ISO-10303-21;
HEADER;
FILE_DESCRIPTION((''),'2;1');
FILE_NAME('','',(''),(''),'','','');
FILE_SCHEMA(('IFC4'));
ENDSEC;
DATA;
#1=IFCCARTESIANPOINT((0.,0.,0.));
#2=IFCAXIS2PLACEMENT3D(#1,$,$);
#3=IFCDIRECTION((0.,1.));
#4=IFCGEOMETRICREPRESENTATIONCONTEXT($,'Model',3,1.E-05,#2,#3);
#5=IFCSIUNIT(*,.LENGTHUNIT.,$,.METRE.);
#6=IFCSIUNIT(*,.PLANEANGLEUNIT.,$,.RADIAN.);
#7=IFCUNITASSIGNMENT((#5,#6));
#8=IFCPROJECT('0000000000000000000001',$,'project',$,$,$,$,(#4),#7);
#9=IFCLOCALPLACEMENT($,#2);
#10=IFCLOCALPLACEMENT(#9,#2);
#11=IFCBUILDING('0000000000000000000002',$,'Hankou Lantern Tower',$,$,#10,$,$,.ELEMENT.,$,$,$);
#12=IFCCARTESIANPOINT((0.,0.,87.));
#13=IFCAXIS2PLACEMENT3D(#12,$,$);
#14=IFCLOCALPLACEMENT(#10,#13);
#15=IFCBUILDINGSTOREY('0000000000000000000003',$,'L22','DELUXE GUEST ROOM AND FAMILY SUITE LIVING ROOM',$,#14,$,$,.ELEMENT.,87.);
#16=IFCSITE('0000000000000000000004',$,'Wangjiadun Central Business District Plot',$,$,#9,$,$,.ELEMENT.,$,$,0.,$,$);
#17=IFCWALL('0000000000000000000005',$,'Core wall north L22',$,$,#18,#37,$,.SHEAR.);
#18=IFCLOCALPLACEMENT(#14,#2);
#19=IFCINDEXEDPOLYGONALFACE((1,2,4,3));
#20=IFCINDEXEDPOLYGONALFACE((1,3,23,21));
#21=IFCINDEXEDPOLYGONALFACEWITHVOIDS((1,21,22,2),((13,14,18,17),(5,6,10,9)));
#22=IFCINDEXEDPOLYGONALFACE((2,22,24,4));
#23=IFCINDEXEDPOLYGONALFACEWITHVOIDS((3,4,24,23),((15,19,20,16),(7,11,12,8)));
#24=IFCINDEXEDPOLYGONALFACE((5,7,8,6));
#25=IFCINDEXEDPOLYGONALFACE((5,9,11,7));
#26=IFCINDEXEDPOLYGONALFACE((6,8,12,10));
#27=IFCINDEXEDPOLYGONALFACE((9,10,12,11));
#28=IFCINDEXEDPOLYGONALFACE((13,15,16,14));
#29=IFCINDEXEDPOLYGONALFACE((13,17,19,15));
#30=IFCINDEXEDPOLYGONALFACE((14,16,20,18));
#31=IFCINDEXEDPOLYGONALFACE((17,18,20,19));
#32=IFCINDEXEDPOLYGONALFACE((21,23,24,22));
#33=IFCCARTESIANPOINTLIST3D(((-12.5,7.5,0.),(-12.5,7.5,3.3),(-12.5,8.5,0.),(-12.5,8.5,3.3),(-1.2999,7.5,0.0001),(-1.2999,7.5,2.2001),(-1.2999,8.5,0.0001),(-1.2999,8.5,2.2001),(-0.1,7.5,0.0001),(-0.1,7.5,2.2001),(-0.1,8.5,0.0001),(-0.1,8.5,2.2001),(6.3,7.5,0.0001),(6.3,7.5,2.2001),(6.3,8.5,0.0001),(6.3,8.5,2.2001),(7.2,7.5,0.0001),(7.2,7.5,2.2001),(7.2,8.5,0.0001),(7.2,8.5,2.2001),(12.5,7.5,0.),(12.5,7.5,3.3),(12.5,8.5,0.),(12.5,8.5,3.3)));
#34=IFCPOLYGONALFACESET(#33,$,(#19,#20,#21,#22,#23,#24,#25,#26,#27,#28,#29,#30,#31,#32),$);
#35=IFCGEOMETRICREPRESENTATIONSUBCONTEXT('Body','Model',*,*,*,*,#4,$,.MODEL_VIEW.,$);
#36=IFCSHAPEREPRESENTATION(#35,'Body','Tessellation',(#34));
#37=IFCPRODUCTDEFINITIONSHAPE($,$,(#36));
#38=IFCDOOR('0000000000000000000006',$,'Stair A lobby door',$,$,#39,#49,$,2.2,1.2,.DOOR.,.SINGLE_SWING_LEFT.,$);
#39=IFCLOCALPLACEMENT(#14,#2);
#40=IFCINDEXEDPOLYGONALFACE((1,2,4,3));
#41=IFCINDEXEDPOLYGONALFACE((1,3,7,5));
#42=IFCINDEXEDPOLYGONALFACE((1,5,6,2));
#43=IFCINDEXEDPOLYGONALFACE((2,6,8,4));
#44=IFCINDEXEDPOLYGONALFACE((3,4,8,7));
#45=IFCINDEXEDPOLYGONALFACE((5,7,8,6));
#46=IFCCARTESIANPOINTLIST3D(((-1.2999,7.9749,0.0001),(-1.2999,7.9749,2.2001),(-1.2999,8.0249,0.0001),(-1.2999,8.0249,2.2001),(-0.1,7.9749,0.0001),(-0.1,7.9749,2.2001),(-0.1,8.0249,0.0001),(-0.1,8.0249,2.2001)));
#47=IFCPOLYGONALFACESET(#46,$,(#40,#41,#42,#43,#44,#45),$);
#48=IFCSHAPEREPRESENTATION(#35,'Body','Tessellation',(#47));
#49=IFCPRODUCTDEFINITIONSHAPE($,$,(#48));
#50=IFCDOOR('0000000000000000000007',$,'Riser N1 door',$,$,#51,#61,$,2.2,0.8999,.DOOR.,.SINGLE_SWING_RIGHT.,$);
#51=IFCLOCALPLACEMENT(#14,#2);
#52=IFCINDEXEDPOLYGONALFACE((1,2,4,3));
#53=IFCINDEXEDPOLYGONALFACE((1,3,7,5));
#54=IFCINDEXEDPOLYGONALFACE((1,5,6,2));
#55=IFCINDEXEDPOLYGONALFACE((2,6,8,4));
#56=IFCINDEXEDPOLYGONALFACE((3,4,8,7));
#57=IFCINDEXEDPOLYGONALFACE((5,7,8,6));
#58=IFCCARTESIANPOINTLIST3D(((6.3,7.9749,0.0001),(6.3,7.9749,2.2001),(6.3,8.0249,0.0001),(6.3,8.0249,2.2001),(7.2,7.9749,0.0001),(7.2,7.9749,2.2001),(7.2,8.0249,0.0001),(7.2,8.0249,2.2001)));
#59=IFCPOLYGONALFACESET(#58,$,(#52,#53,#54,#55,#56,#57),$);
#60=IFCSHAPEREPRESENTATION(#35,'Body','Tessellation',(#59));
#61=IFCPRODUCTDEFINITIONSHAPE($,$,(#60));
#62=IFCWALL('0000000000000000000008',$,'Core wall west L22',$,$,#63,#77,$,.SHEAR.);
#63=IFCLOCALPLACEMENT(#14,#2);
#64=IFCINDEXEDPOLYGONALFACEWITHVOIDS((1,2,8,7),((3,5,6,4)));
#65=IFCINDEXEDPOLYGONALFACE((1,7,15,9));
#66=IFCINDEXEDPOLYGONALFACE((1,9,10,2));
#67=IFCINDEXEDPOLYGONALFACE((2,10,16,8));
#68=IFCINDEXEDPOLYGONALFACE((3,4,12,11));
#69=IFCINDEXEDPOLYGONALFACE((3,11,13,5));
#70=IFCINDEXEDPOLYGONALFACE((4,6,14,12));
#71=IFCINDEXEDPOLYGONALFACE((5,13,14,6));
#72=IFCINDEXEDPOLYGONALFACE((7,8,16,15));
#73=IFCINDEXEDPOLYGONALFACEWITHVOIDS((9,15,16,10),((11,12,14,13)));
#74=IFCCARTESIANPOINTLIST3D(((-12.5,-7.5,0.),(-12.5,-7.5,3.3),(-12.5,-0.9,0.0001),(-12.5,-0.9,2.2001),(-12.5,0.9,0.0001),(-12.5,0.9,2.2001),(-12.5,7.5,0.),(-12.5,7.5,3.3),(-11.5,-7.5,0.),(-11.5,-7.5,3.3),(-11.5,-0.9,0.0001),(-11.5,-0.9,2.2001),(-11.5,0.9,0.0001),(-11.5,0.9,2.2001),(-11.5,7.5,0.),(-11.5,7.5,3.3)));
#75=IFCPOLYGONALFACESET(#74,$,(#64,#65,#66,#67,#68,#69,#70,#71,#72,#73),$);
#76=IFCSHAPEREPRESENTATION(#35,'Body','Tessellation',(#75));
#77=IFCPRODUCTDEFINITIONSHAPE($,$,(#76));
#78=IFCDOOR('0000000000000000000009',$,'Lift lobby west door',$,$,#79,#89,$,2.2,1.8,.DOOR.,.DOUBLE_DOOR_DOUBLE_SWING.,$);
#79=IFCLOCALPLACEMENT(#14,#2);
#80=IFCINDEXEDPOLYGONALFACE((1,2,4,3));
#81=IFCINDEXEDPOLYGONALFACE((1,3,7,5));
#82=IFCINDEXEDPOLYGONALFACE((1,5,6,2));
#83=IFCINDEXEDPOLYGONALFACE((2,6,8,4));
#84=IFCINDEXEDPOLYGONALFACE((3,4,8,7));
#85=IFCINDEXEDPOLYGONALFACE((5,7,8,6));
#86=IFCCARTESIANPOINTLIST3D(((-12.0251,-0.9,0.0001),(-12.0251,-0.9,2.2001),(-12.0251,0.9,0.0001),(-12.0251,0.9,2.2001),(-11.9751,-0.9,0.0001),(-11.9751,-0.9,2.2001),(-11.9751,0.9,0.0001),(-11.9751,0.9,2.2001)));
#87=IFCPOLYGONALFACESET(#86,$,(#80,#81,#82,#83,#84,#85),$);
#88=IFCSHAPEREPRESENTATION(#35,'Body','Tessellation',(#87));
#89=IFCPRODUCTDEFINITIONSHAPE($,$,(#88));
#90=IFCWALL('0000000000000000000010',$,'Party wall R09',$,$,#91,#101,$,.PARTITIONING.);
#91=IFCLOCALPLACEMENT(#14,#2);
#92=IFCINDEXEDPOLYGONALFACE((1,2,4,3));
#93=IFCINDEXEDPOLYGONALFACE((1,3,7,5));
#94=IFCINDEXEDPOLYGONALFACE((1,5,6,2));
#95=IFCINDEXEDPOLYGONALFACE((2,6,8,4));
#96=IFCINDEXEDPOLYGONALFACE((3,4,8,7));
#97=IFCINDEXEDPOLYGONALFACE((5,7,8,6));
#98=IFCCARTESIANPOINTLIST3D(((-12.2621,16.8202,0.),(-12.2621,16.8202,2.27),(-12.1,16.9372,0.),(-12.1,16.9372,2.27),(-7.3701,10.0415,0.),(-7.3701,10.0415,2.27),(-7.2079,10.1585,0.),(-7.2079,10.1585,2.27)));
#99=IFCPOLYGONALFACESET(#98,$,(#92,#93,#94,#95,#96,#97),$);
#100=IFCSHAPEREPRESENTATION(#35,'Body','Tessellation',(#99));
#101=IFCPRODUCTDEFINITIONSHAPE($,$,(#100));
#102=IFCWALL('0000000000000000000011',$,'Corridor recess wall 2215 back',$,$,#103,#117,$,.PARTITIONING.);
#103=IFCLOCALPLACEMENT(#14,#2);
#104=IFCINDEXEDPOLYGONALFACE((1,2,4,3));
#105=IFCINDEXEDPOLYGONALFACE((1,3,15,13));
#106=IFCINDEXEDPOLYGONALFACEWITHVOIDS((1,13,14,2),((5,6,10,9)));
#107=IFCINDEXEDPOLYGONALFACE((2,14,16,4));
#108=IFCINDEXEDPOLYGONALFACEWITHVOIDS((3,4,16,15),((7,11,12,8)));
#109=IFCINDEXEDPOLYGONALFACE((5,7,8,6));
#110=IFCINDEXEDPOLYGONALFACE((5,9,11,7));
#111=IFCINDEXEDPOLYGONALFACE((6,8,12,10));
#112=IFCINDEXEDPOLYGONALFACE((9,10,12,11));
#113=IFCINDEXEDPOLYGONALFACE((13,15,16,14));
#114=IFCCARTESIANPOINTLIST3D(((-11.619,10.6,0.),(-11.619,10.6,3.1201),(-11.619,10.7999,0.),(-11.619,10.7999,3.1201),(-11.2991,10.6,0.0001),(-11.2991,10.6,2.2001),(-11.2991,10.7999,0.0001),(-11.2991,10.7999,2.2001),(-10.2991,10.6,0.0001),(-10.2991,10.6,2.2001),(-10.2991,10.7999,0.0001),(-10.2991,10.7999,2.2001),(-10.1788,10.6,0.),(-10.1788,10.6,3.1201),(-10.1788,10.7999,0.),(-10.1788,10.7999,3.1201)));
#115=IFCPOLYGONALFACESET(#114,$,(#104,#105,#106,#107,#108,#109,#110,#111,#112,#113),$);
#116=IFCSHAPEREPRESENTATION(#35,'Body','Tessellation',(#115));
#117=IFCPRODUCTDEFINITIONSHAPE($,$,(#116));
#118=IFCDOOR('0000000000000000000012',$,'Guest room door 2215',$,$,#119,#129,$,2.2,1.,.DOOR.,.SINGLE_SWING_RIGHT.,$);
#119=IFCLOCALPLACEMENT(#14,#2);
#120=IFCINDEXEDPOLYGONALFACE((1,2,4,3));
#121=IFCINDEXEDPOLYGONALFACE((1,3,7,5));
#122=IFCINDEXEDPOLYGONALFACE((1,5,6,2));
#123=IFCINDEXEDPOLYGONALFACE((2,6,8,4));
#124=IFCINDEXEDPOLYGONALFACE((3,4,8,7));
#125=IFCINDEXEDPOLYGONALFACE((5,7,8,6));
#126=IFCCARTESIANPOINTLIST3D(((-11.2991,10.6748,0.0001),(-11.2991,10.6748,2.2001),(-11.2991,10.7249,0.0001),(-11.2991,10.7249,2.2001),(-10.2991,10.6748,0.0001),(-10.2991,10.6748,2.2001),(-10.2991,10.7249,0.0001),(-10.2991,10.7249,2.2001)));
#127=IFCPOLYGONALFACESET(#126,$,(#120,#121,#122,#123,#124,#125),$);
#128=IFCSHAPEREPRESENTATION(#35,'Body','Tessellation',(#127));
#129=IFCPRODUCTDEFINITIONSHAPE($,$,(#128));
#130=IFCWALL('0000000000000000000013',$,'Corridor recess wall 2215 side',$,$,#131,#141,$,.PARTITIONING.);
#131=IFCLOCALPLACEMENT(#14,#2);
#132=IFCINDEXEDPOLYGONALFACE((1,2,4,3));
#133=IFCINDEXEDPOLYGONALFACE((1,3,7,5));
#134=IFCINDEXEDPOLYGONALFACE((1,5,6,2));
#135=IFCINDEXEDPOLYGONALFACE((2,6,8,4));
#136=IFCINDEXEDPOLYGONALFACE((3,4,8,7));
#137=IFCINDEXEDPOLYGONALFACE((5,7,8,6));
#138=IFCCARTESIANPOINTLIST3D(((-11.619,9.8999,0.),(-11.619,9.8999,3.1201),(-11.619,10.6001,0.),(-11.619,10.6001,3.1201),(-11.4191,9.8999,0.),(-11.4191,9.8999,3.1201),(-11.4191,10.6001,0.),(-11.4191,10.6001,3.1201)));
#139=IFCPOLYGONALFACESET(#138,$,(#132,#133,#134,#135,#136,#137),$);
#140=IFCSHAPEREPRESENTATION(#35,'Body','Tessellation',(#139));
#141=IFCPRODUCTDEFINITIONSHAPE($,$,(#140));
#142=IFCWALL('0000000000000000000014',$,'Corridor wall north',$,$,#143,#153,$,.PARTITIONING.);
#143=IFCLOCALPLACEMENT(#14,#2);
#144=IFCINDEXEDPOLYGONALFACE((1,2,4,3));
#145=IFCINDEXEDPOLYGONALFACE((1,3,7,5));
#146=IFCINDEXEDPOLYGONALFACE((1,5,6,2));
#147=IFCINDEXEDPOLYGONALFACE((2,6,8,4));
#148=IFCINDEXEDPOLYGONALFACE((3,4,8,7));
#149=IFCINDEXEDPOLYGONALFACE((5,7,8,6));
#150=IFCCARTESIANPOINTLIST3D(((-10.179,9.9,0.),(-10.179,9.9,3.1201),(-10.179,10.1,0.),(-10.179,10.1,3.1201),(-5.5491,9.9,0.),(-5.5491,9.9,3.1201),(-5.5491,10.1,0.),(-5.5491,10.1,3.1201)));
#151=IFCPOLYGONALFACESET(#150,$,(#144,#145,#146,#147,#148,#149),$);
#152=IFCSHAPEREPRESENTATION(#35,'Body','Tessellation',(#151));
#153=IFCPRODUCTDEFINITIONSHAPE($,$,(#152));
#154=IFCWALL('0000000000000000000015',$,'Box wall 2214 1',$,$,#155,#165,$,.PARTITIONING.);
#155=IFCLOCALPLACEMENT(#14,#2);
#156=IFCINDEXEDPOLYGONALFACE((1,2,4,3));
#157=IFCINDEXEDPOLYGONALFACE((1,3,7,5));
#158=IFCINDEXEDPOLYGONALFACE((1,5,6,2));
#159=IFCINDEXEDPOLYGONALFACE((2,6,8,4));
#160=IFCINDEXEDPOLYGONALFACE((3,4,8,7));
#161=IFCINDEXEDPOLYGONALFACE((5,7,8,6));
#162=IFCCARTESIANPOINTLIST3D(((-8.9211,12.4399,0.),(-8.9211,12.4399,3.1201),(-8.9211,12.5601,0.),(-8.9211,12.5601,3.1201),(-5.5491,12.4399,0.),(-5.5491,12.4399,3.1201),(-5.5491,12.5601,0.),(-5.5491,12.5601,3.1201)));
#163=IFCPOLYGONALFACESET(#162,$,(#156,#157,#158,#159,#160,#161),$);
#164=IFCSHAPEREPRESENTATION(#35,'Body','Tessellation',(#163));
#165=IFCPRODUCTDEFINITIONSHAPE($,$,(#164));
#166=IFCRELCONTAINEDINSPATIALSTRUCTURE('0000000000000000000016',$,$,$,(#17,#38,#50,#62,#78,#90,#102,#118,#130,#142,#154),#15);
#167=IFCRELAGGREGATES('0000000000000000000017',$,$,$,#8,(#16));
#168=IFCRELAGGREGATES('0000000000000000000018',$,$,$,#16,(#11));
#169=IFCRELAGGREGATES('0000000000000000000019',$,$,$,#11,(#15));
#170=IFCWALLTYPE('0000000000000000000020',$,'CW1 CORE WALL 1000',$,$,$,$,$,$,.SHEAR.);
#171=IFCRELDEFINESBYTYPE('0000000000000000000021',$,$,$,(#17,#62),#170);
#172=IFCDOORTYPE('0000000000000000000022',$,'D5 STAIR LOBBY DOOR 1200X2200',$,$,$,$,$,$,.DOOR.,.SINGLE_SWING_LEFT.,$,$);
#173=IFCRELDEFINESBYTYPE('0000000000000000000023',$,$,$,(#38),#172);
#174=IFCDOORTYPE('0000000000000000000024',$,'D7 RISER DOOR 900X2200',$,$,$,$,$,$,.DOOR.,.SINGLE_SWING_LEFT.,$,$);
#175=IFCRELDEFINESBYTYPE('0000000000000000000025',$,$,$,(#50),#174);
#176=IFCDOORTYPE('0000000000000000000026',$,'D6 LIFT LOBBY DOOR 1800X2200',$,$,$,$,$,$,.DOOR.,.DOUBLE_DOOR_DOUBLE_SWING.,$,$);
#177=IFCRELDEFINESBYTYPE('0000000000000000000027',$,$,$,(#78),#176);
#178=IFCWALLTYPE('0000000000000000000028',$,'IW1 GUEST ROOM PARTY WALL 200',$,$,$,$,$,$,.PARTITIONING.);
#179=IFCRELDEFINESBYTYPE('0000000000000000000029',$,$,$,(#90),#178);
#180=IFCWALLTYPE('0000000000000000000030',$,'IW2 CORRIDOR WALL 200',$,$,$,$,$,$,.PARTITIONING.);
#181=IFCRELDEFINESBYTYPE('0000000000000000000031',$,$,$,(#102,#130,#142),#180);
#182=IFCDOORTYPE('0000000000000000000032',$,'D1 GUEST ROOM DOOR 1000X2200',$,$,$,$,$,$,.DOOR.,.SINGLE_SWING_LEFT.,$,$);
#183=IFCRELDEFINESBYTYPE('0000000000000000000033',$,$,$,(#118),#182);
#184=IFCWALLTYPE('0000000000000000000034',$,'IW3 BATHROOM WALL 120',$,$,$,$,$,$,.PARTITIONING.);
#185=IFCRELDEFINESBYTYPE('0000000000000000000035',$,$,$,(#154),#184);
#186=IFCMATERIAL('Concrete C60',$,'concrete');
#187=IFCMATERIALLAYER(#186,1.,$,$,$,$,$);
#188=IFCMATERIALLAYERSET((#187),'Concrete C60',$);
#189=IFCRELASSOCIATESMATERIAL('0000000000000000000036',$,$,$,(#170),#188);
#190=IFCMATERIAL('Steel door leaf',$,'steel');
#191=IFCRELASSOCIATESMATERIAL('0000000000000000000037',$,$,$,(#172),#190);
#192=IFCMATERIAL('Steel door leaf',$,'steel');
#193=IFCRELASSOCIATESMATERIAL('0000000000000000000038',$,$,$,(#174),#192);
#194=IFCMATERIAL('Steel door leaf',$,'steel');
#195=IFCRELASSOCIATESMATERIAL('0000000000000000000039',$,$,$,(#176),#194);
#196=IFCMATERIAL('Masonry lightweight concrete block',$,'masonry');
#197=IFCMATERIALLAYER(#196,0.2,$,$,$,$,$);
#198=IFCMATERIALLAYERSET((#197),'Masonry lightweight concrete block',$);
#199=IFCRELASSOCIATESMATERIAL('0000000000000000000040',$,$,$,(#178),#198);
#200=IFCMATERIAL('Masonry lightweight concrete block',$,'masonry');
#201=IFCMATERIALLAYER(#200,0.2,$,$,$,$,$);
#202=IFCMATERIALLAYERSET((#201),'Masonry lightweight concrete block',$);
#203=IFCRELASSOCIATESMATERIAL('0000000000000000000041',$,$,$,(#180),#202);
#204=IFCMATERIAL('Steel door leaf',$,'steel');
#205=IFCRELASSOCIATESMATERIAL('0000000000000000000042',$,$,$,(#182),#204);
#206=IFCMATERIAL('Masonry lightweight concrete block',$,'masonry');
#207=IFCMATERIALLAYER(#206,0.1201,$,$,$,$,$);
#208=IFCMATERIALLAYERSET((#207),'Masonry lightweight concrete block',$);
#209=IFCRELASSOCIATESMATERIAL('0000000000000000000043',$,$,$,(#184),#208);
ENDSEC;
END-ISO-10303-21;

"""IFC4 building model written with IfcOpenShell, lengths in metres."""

from ifc_helpers import new_model, si_unit, direction, frame, frame_2d, origin, place, context, subcontext, project, spatial, rectangle, extrude, material, layer, layer_set, type_object, element, fill, save


model = new_model("IFC4")

# Units and contexts
model_context = context("Model", 3, precision=1e-05, world=origin(), true_north=direction((0.0, 1.0)))
body_context = subcontext(model_context, "Body", "Model", "MODEL_VIEW")
ifc_project = project(units=[si_unit("LENGTHUNIT", "METRE"), si_unit("PLANEANGLEUNIT", "RADIAN")], contexts=[model_context])

# Site, building, storey
site_placement = place(None, origin())
site = spatial("IfcSite", under=ifc_project, at=site_placement, Name="Wangjiadun Central Business District Plot", CompositionType="ELEMENT", RefElevation=0.0)
building_placement = place(site_placement, origin())
building = spatial("IfcBuilding", under=site, at=building_placement, Name="Hankou Lantern Tower", CompositionType="ELEMENT")
storey_placement = place(building_placement, frame((0.0, 0.0, 87.0)))
storey = spatial("IfcBuildingStorey", under=building, at=storey_placement, Name="L22", Description="DELUXE GUEST ROOM AND FAMILY SUITE LIVING ROOM", CompositionType="ELEMENT", Elevation=87.0)

# Wall, openings, doors
ifc_material_1 = material(Name="Concrete C60", Category="concrete")
ifc_layer_1 = layer(ifc_material_1, 1.0)
ifc_layer_set_1 = layer_set([ifc_layer_1], Name="Concrete C60")
wall_type_1 = type_object("IfcWallType", Name="CW1 CORE WALL 1000", PredefinedType="SHEAR", material=ifc_layer_set_1)
wall_1_placement = place(storey_placement, frame((-12.5, 8.0, 0.0), z_axis=(0.0, 0.0, 1.0), x_axis=(1.0, 0.0, 0.0)))
wall_1 = element("IfcWall", 1, at=wall_1_placement, inside=storey, type_object=wall_type_1, Name="Core wall north L22", PredefinedType="SHEAR", context=body_context, shape_type="SweptSolid", body=[
    extrude(rectangle(XDim=25.0, YDim=1.0, at=frame_2d((12.5, 0.0))), origin(), (0.0, 0.0, 1.0), 3.3),
])
opening_1_placement = place(wall_1_placement, frame((11.2, 0.0, 0.0)))
opening_1 = element("IfcOpeningElement", 2, at=opening_1_placement, cuts=wall_1, PredefinedType="OPENING", context=body_context, shape_type="SweptSolid", body=[
    extrude(rectangle(XDim=1.2, YDim=2.2, at=frame_2d((0.6001, 1.1001))), frame((0.0, 0.51, 0.0), z_axis=(0.0, -1.0, 0.0), x_axis=(1.0, 0.0, 0.0)), (0.0, 0.0, 1.0), 1.02),
])
opening_2_placement = place(wall_1_placement, frame((18.8, 0.0, 0.0)))
opening_2 = element("IfcOpeningElement", 3, at=opening_2_placement, cuts=wall_1, PredefinedType="OPENING", context=body_context, shape_type="SweptSolid", body=[
    extrude(rectangle(XDim=0.8999, YDim=2.2, at=frame_2d((0.45, 1.1001))), frame((0.0, 0.51, 0.0), z_axis=(0.0, -1.0, 0.0), x_axis=(1.0, 0.0, 0.0)), (0.0, 0.0, 1.0), 1.02),
])
ifc_material_2 = material(Name="Steel door leaf", Category="steel")
door_type_1 = type_object("IfcDoorType", Name="D5 STAIR LOBBY DOOR 1200X2200", OperationType="SINGLE_SWING_LEFT", PredefinedType="DOOR", material=ifc_material_2)
door_1_placement = place(opening_1_placement, origin())
door_1 = element("IfcDoor", 4, at=door_1_placement, inside=storey, type_object=door_type_1, Name="Stair A lobby door", OperationType="SINGLE_SWING_LEFT", OverallHeight=2.2, OverallWidth=1.2, PredefinedType="DOOR", context=body_context, shape_type="SweptSolid", body=[
    extrude(rectangle(XDim=1.2, YDim=2.2, at=frame_2d((0.6001, 1.1001))), frame((0.0, 0.0249, 0.0), z_axis=(0.0, -1.0, 0.0), x_axis=(1.0, 0.0, 0.0)), (0.0, 0.0, 1.0), 0.05),
])
fill(opening_1, door_1)
ifc_material_3 = material(Name="Steel door leaf", Category="steel")
door_type_2 = type_object("IfcDoorType", Name="D7 RISER DOOR 900X2200", OperationType="SINGLE_SWING_LEFT", PredefinedType="DOOR", material=ifc_material_3)
door_2_placement = place(opening_2_placement, origin())
door_2 = element("IfcDoor", 5, at=door_2_placement, inside=storey, type_object=door_type_2, Name="Riser N1 door", OperationType="SINGLE_SWING_RIGHT", OverallHeight=2.2, OverallWidth=0.8999, PredefinedType="DOOR", context=body_context, shape_type="SweptSolid", body=[
    extrude(rectangle(XDim=0.8999, YDim=2.2, at=frame_2d((0.45, 1.1001))), frame((0.0, 0.0249, 0.0), z_axis=(0.0, -1.0, 0.0), x_axis=(1.0, 0.0, 0.0)), (0.0, 0.0, 1.0), 0.05),
])
fill(opening_2, door_2)

# Wall, opening, door
wall_2_placement = place(storey_placement, frame((-12.0, 7.5, 0.0), z_axis=(0.0, 0.0, 1.0), x_axis=(0.0, -1.0, 0.0)))
wall_2 = element("IfcWall", 6, at=wall_2_placement, inside=storey, type_object=wall_type_1, Name="Core wall west L22", PredefinedType="SHEAR", context=body_context, shape_type="SweptSolid", body=[
    extrude(rectangle(XDim=15.0, YDim=1.0, at=frame_2d((7.5, 0.0))), origin(), (0.0, 0.0, 1.0), 3.3),
])
opening_3_placement = place(wall_2_placement, frame((6.6001, 0.0, 0.0)))
opening_3 = element("IfcOpeningElement", 7, at=opening_3_placement, cuts=wall_2, PredefinedType="OPENING", context=body_context, shape_type="SweptSolid", body=[
    extrude(rectangle(XDim=1.8, YDim=2.2, at=frame_2d((0.8999, 1.1001))), frame((0.0, 0.51, 0.0), z_axis=(0.0, -1.0, 0.0), x_axis=(1.0, 0.0, 0.0)), (0.0, 0.0, 1.0), 1.02),
])
ifc_material_4 = material(Name="Steel door leaf", Category="steel")
door_type_3 = type_object("IfcDoorType", Name="D6 LIFT LOBBY DOOR 1800X2200", OperationType="DOUBLE_DOOR_DOUBLE_SWING", PredefinedType="DOOR", material=ifc_material_4)
door_3_placement = place(opening_3_placement, origin())
door_3 = element("IfcDoor", 8, at=door_3_placement, inside=storey, type_object=door_type_3, Name="Lift lobby west door", OperationType="DOUBLE_DOOR_DOUBLE_SWING", OverallHeight=2.2, OverallWidth=1.8, PredefinedType="DOOR", context=body_context, shape_type="SweptSolid", body=[
    extrude(rectangle(XDim=1.8, YDim=2.2, at=frame_2d((0.8999, 1.1001))), frame((0.0, 0.0249, 0.0), z_axis=(0.0, -1.0, 0.0), x_axis=(1.0, 0.0, 0.0)), (0.0, 0.0, 1.0), 0.05),
])
fill(opening_3, door_3)

# Wall
ifc_material_5 = material(Name="Masonry lightweight concrete block", Category="masonry")
ifc_layer_2 = layer(ifc_material_5, 0.2)
ifc_layer_set_2 = layer_set([ifc_layer_2], Name="Masonry lightweight concrete block")
wall_type_2 = type_object("IfcWallType", Name="IW1 GUEST ROOM PARTY WALL 200", PredefinedType="PARTITIONING", material=ifc_layer_set_2)
wall_3_placement = place(storey_placement, frame((-7.2891, 10.1001, 0.0), z_axis=(0.0, 0.0, 1.0), x_axis=(-0.585198, 0.81089, 0.0)))
element("IfcWall", 9, at=wall_3_placement, inside=storey, type_object=wall_type_2, Name="Party wall R09", PredefinedType="PARTITIONING", context=body_context, shape_type="SweptSolid", body=[
    extrude(rectangle(XDim=8.3596, YDim=0.2, at=frame_2d((4.1797, 0.0))), origin(), (0.0, 0.0, 1.0), 2.27),
])

# Wall, opening, door
ifc_material_6 = material(Name="Masonry lightweight concrete block", Category="masonry")
ifc_layer_3 = layer(ifc_material_6, 0.2)
ifc_layer_set_3 = layer_set([ifc_layer_3], Name="Masonry lightweight concrete block")
wall_type_3 = type_object("IfcWallType", Name="IW2 CORRIDOR WALL 200", PredefinedType="PARTITIONING", material=ifc_layer_set_3)
wall_4_placement = place(storey_placement, frame((-11.6191, 10.7, 0.0), z_axis=(0.0, 0.0, 1.0), x_axis=(1.0, 0.0, 0.0)))
wall_4 = element("IfcWall", 10, at=wall_4_placement, inside=storey, type_object=wall_type_3, Name="Corridor recess wall 2215 back", PredefinedType="PARTITIONING", context=body_context, shape_type="SweptSolid", body=[
    extrude(rectangle(XDim=1.4402, YDim=0.2, at=frame_2d((0.7202, 0.0))), origin(), (0.0, 0.0, 1.0), 3.1201),
])
opening_4_placement = place(wall_4_placement, frame((0.3201, 0.0, 0.0)))
opening_4 = element("IfcOpeningElement", 11, at=opening_4_placement, cuts=wall_4, PredefinedType="OPENING", context=body_context, shape_type="SweptSolid", body=[
    extrude(rectangle(XDim=1.0, YDim=2.2, at=frame_2d((0.5, 1.1001))), frame((0.0, 0.1099, 0.0), z_axis=(0.0, -1.0, 0.0), x_axis=(1.0, 0.0, 0.0)), (0.0, 0.0, 1.0), 0.22),
])
ifc_material_7 = material(Name="Steel door leaf", Category="steel")
door_type_4 = type_object("IfcDoorType", Name="D1 GUEST ROOM DOOR 1000X2200", OperationType="SINGLE_SWING_LEFT", PredefinedType="DOOR", material=ifc_material_7)
door_4_placement = place(opening_4_placement, origin())
door_4 = element("IfcDoor", 12, at=door_4_placement, inside=storey, type_object=door_type_4, Name="Guest room door 2215", OperationType="SINGLE_SWING_RIGHT", OverallHeight=2.2, OverallWidth=1.0, PredefinedType="DOOR", context=body_context, shape_type="SweptSolid", body=[
    extrude(rectangle(XDim=1.0, YDim=2.2, at=frame_2d((0.5, 1.1001))), frame((0.0, 0.0249, 0.0), z_axis=(0.0, -1.0, 0.0), x_axis=(1.0, 0.0, 0.0)), (0.0, 0.0, 1.0), 0.05),
])
fill(opening_4, door_4)

# Walls
wall_5_placement = place(storey_placement, frame((-11.519, 9.8999, 0.0), z_axis=(0.0, 0.0, 1.0), x_axis=(0.0, 1.0, 0.0)))
element("IfcWall", 13, at=wall_5_placement, inside=storey, type_object=wall_type_3, Name="Corridor recess wall 2215 side", PredefinedType="PARTITIONING", context=body_context, shape_type="SweptSolid", body=[
    extrude(rectangle(XDim=0.7002, YDim=0.2, at=frame_2d((0.3501, 0.0))), origin(), (0.0, 0.0, 1.0), 3.1201),
])
wall_6_placement = place(storey_placement, frame((-10.179, 10.0, 0.0), z_axis=(0.0, 0.0, 1.0), x_axis=(1.0, 0.0, 0.0)))
element("IfcWall", 14, at=wall_6_placement, inside=storey, type_object=wall_type_3, Name="Corridor wall north", PredefinedType="PARTITIONING", context=body_context, shape_type="SweptSolid", body=[
    extrude(rectangle(XDim=4.6299, YDim=0.2, at=frame_2d((2.3149, 0.0))), origin(), (0.0, 0.0, 1.0), 3.1201),
])
ifc_material_8 = material(Name="Masonry lightweight concrete block", Category="masonry")
ifc_layer_4 = layer(ifc_material_8, 0.1201)
ifc_layer_set_4 = layer_set([ifc_layer_4], Name="Masonry lightweight concrete block")
wall_type_4 = type_object("IfcWallType", Name="IW3 BATHROOM WALL 120", PredefinedType="PARTITIONING", material=ifc_layer_set_4)
wall_7_placement = place(storey_placement, frame((-8.9211, 12.5, 0.0), z_axis=(0.0, 0.0, 1.0), x_axis=(1.0, 0.0, 0.0)))
element("IfcWall", 15, at=wall_7_placement, inside=storey, type_object=wall_type_4, Name="Box wall 2214 1", PredefinedType="PARTITIONING", context=body_context, shape_type="SweptSolid", body=[
    extrude(rectangle(XDim=3.3721, YDim=0.1201, at=frame_2d((1.686, 0.0))), origin(), (0.0, 0.0, 1.0), 3.1201),
])

save(model, "model.ifc")
